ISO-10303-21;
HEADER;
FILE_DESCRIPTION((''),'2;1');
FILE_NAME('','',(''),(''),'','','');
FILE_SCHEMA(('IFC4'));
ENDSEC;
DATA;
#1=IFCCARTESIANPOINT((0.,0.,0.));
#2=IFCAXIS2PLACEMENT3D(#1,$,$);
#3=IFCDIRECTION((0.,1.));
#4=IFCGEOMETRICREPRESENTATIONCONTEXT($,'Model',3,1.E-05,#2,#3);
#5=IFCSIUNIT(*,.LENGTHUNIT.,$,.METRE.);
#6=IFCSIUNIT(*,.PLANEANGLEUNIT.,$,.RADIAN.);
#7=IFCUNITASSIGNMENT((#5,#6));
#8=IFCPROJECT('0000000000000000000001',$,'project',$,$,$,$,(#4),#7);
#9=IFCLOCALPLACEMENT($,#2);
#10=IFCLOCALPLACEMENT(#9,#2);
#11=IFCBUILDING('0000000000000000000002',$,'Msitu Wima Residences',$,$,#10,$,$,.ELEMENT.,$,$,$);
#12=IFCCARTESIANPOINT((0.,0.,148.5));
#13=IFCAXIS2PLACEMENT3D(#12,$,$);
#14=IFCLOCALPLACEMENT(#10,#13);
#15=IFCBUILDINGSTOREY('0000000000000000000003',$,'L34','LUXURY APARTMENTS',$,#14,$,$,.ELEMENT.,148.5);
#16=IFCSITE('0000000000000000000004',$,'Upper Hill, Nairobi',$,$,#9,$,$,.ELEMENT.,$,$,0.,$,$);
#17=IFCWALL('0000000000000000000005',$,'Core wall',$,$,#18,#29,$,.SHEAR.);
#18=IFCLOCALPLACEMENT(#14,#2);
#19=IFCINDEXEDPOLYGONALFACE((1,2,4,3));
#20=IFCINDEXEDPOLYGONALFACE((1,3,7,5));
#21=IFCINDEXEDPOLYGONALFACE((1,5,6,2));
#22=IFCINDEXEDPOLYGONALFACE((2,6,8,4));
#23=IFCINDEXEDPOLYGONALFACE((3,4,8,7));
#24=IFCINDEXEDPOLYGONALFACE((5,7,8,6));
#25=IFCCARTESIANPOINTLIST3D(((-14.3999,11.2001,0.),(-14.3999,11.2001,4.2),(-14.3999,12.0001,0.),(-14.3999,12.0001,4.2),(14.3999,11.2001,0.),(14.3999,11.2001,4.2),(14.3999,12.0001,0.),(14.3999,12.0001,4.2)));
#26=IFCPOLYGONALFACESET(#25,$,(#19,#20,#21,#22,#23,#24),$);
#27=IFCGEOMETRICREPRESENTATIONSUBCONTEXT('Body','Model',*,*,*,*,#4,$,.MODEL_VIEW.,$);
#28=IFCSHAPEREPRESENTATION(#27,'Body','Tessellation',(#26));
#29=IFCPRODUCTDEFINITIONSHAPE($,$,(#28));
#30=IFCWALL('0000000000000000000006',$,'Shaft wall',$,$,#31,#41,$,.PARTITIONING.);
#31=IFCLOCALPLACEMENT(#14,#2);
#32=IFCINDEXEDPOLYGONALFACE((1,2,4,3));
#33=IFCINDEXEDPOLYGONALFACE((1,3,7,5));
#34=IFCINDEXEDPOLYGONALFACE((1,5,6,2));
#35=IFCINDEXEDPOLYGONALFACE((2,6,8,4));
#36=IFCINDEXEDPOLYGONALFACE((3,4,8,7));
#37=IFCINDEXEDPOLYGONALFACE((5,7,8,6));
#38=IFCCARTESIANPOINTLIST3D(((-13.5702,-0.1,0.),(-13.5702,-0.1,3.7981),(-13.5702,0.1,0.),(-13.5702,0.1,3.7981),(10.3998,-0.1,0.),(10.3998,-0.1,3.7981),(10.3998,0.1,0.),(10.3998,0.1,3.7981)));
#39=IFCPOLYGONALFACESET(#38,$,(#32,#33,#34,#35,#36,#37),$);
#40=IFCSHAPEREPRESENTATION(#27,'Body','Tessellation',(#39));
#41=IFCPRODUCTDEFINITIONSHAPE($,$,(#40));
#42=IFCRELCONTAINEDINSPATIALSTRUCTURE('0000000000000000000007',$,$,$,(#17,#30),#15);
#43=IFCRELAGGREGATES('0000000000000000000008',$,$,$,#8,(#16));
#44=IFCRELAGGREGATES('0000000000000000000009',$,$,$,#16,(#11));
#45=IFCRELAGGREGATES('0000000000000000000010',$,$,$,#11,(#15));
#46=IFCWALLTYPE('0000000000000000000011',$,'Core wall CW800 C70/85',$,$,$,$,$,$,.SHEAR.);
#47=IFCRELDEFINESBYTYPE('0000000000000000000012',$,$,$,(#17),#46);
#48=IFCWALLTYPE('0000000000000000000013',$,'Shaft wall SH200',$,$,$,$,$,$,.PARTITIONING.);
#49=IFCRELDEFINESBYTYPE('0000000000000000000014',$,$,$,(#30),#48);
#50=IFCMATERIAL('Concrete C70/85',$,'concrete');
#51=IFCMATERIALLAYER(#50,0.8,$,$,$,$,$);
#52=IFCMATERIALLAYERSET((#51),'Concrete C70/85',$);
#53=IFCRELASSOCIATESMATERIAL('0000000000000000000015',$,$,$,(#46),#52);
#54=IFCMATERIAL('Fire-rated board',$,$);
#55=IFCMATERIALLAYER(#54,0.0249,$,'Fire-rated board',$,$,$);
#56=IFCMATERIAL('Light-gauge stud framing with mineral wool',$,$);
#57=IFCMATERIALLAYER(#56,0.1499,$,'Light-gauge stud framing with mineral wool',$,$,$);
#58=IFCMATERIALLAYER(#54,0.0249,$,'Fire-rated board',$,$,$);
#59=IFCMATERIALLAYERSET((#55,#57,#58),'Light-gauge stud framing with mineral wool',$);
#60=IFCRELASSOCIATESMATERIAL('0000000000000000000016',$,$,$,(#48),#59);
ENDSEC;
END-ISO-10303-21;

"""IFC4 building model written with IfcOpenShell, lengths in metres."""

from ifc_helpers import new_model, si_unit, direction, frame, frame_2d, origin, place, context, subcontext, project, spatial, rectangle, extrude, material, layer, layer_set, type_object, element, save


model = new_model("IFC4")

# Units and contexts
model_context = context("Model", 3, precision=1e-05, world=origin(), true_north=direction((0.0, 1.0)))
body_context = subcontext(model_context, "Body", "Model", "MODEL_VIEW")
ifc_project = project(units=[si_unit("LENGTHUNIT", "METRE"), si_unit("PLANEANGLEUNIT", "RADIAN")], contexts=[model_context])

# Site, building, storey
site_placement = place(None, origin())
site = spatial("IfcSite", under=ifc_project, at=site_placement, Name="Upper Hill, Nairobi", CompositionType="ELEMENT", RefElevation=0.0)
building_placement = place(site_placement, origin())
building = spatial("IfcBuilding", under=site, at=building_placement, Name="Msitu Wima Residences", CompositionType="ELEMENT")
storey_placement = place(building_placement, frame((0.0, 0.0, 148.5)))
storey = spatial("IfcBuildingStorey", under=building, at=storey_placement, Name="L34", Description="LUXURY APARTMENTS", CompositionType="ELEMENT", Elevation=148.5)

# Walls
ifc_material_1 = material(Name="Concrete C70/85", Category="concrete")
ifc_layer_1 = layer(ifc_material_1, 0.8)
ifc_layer_set_1 = layer_set([ifc_layer_1], Name="Concrete C70/85")
wall_type_1 = type_object("IfcWallType", Name="Core wall CW800 C70/85", PredefinedType="SHEAR", material=ifc_layer_set_1)
wall_1_placement = place(storey_placement, frame((-14.3999, 11.6001, 0.0), z_axis=(0.0, 0.0, 1.0), x_axis=(1.0, 0.0, 0.0)))
element("IfcWall", 1, at=wall_1_placement, inside=storey, type_object=wall_type_1, Name="Core wall", PredefinedType="SHEAR", context=body_context, shape_type="SweptSolid", body=[
    extrude(rectangle(XDim=28.7998, YDim=0.8, at=frame_2d((14.3999, 0.0))), origin(), (0.0, 0.0, 1.0), 4.2),
])
ifc_material_2 = material(Name="Fire-rated board")
ifc_layer_2 = layer(ifc_material_2, 0.0249, Name="Fire-rated board")
ifc_material_3 = material(Name="Light-gauge stud framing with mineral wool")
ifc_layer_3 = layer(ifc_material_3, 0.1499, Name="Light-gauge stud framing with mineral wool")
ifc_layer_4 = layer(ifc_material_2, 0.0249, Name="Fire-rated board")
ifc_layer_set_2 = layer_set([ifc_layer_2, ifc_layer_3, ifc_layer_4], Name="Light-gauge stud framing with mineral wool")
wall_type_2 = type_object("IfcWallType", Name="Shaft wall SH200", PredefinedType="PARTITIONING", material=ifc_layer_set_2)
wall_2_placement = place(storey_placement, frame((-13.5701, 0.0, 0.0), z_axis=(0.0, 0.0, 1.0), x_axis=(1.0, 0.0, 0.0)))
element("IfcWall", 2, at=wall_2_placement, inside=storey, type_object=wall_type_2, Name="Shaft wall", PredefinedType="PARTITIONING", context=body_context, shape_type="SweptSolid", body=[
    extrude(rectangle(XDim=23.97, YDim=0.2, at=frame_2d((11.9849, 0.0))), origin(), (0.0, 0.0, 1.0), 3.7981),
])

save(model, "model.ifc")
